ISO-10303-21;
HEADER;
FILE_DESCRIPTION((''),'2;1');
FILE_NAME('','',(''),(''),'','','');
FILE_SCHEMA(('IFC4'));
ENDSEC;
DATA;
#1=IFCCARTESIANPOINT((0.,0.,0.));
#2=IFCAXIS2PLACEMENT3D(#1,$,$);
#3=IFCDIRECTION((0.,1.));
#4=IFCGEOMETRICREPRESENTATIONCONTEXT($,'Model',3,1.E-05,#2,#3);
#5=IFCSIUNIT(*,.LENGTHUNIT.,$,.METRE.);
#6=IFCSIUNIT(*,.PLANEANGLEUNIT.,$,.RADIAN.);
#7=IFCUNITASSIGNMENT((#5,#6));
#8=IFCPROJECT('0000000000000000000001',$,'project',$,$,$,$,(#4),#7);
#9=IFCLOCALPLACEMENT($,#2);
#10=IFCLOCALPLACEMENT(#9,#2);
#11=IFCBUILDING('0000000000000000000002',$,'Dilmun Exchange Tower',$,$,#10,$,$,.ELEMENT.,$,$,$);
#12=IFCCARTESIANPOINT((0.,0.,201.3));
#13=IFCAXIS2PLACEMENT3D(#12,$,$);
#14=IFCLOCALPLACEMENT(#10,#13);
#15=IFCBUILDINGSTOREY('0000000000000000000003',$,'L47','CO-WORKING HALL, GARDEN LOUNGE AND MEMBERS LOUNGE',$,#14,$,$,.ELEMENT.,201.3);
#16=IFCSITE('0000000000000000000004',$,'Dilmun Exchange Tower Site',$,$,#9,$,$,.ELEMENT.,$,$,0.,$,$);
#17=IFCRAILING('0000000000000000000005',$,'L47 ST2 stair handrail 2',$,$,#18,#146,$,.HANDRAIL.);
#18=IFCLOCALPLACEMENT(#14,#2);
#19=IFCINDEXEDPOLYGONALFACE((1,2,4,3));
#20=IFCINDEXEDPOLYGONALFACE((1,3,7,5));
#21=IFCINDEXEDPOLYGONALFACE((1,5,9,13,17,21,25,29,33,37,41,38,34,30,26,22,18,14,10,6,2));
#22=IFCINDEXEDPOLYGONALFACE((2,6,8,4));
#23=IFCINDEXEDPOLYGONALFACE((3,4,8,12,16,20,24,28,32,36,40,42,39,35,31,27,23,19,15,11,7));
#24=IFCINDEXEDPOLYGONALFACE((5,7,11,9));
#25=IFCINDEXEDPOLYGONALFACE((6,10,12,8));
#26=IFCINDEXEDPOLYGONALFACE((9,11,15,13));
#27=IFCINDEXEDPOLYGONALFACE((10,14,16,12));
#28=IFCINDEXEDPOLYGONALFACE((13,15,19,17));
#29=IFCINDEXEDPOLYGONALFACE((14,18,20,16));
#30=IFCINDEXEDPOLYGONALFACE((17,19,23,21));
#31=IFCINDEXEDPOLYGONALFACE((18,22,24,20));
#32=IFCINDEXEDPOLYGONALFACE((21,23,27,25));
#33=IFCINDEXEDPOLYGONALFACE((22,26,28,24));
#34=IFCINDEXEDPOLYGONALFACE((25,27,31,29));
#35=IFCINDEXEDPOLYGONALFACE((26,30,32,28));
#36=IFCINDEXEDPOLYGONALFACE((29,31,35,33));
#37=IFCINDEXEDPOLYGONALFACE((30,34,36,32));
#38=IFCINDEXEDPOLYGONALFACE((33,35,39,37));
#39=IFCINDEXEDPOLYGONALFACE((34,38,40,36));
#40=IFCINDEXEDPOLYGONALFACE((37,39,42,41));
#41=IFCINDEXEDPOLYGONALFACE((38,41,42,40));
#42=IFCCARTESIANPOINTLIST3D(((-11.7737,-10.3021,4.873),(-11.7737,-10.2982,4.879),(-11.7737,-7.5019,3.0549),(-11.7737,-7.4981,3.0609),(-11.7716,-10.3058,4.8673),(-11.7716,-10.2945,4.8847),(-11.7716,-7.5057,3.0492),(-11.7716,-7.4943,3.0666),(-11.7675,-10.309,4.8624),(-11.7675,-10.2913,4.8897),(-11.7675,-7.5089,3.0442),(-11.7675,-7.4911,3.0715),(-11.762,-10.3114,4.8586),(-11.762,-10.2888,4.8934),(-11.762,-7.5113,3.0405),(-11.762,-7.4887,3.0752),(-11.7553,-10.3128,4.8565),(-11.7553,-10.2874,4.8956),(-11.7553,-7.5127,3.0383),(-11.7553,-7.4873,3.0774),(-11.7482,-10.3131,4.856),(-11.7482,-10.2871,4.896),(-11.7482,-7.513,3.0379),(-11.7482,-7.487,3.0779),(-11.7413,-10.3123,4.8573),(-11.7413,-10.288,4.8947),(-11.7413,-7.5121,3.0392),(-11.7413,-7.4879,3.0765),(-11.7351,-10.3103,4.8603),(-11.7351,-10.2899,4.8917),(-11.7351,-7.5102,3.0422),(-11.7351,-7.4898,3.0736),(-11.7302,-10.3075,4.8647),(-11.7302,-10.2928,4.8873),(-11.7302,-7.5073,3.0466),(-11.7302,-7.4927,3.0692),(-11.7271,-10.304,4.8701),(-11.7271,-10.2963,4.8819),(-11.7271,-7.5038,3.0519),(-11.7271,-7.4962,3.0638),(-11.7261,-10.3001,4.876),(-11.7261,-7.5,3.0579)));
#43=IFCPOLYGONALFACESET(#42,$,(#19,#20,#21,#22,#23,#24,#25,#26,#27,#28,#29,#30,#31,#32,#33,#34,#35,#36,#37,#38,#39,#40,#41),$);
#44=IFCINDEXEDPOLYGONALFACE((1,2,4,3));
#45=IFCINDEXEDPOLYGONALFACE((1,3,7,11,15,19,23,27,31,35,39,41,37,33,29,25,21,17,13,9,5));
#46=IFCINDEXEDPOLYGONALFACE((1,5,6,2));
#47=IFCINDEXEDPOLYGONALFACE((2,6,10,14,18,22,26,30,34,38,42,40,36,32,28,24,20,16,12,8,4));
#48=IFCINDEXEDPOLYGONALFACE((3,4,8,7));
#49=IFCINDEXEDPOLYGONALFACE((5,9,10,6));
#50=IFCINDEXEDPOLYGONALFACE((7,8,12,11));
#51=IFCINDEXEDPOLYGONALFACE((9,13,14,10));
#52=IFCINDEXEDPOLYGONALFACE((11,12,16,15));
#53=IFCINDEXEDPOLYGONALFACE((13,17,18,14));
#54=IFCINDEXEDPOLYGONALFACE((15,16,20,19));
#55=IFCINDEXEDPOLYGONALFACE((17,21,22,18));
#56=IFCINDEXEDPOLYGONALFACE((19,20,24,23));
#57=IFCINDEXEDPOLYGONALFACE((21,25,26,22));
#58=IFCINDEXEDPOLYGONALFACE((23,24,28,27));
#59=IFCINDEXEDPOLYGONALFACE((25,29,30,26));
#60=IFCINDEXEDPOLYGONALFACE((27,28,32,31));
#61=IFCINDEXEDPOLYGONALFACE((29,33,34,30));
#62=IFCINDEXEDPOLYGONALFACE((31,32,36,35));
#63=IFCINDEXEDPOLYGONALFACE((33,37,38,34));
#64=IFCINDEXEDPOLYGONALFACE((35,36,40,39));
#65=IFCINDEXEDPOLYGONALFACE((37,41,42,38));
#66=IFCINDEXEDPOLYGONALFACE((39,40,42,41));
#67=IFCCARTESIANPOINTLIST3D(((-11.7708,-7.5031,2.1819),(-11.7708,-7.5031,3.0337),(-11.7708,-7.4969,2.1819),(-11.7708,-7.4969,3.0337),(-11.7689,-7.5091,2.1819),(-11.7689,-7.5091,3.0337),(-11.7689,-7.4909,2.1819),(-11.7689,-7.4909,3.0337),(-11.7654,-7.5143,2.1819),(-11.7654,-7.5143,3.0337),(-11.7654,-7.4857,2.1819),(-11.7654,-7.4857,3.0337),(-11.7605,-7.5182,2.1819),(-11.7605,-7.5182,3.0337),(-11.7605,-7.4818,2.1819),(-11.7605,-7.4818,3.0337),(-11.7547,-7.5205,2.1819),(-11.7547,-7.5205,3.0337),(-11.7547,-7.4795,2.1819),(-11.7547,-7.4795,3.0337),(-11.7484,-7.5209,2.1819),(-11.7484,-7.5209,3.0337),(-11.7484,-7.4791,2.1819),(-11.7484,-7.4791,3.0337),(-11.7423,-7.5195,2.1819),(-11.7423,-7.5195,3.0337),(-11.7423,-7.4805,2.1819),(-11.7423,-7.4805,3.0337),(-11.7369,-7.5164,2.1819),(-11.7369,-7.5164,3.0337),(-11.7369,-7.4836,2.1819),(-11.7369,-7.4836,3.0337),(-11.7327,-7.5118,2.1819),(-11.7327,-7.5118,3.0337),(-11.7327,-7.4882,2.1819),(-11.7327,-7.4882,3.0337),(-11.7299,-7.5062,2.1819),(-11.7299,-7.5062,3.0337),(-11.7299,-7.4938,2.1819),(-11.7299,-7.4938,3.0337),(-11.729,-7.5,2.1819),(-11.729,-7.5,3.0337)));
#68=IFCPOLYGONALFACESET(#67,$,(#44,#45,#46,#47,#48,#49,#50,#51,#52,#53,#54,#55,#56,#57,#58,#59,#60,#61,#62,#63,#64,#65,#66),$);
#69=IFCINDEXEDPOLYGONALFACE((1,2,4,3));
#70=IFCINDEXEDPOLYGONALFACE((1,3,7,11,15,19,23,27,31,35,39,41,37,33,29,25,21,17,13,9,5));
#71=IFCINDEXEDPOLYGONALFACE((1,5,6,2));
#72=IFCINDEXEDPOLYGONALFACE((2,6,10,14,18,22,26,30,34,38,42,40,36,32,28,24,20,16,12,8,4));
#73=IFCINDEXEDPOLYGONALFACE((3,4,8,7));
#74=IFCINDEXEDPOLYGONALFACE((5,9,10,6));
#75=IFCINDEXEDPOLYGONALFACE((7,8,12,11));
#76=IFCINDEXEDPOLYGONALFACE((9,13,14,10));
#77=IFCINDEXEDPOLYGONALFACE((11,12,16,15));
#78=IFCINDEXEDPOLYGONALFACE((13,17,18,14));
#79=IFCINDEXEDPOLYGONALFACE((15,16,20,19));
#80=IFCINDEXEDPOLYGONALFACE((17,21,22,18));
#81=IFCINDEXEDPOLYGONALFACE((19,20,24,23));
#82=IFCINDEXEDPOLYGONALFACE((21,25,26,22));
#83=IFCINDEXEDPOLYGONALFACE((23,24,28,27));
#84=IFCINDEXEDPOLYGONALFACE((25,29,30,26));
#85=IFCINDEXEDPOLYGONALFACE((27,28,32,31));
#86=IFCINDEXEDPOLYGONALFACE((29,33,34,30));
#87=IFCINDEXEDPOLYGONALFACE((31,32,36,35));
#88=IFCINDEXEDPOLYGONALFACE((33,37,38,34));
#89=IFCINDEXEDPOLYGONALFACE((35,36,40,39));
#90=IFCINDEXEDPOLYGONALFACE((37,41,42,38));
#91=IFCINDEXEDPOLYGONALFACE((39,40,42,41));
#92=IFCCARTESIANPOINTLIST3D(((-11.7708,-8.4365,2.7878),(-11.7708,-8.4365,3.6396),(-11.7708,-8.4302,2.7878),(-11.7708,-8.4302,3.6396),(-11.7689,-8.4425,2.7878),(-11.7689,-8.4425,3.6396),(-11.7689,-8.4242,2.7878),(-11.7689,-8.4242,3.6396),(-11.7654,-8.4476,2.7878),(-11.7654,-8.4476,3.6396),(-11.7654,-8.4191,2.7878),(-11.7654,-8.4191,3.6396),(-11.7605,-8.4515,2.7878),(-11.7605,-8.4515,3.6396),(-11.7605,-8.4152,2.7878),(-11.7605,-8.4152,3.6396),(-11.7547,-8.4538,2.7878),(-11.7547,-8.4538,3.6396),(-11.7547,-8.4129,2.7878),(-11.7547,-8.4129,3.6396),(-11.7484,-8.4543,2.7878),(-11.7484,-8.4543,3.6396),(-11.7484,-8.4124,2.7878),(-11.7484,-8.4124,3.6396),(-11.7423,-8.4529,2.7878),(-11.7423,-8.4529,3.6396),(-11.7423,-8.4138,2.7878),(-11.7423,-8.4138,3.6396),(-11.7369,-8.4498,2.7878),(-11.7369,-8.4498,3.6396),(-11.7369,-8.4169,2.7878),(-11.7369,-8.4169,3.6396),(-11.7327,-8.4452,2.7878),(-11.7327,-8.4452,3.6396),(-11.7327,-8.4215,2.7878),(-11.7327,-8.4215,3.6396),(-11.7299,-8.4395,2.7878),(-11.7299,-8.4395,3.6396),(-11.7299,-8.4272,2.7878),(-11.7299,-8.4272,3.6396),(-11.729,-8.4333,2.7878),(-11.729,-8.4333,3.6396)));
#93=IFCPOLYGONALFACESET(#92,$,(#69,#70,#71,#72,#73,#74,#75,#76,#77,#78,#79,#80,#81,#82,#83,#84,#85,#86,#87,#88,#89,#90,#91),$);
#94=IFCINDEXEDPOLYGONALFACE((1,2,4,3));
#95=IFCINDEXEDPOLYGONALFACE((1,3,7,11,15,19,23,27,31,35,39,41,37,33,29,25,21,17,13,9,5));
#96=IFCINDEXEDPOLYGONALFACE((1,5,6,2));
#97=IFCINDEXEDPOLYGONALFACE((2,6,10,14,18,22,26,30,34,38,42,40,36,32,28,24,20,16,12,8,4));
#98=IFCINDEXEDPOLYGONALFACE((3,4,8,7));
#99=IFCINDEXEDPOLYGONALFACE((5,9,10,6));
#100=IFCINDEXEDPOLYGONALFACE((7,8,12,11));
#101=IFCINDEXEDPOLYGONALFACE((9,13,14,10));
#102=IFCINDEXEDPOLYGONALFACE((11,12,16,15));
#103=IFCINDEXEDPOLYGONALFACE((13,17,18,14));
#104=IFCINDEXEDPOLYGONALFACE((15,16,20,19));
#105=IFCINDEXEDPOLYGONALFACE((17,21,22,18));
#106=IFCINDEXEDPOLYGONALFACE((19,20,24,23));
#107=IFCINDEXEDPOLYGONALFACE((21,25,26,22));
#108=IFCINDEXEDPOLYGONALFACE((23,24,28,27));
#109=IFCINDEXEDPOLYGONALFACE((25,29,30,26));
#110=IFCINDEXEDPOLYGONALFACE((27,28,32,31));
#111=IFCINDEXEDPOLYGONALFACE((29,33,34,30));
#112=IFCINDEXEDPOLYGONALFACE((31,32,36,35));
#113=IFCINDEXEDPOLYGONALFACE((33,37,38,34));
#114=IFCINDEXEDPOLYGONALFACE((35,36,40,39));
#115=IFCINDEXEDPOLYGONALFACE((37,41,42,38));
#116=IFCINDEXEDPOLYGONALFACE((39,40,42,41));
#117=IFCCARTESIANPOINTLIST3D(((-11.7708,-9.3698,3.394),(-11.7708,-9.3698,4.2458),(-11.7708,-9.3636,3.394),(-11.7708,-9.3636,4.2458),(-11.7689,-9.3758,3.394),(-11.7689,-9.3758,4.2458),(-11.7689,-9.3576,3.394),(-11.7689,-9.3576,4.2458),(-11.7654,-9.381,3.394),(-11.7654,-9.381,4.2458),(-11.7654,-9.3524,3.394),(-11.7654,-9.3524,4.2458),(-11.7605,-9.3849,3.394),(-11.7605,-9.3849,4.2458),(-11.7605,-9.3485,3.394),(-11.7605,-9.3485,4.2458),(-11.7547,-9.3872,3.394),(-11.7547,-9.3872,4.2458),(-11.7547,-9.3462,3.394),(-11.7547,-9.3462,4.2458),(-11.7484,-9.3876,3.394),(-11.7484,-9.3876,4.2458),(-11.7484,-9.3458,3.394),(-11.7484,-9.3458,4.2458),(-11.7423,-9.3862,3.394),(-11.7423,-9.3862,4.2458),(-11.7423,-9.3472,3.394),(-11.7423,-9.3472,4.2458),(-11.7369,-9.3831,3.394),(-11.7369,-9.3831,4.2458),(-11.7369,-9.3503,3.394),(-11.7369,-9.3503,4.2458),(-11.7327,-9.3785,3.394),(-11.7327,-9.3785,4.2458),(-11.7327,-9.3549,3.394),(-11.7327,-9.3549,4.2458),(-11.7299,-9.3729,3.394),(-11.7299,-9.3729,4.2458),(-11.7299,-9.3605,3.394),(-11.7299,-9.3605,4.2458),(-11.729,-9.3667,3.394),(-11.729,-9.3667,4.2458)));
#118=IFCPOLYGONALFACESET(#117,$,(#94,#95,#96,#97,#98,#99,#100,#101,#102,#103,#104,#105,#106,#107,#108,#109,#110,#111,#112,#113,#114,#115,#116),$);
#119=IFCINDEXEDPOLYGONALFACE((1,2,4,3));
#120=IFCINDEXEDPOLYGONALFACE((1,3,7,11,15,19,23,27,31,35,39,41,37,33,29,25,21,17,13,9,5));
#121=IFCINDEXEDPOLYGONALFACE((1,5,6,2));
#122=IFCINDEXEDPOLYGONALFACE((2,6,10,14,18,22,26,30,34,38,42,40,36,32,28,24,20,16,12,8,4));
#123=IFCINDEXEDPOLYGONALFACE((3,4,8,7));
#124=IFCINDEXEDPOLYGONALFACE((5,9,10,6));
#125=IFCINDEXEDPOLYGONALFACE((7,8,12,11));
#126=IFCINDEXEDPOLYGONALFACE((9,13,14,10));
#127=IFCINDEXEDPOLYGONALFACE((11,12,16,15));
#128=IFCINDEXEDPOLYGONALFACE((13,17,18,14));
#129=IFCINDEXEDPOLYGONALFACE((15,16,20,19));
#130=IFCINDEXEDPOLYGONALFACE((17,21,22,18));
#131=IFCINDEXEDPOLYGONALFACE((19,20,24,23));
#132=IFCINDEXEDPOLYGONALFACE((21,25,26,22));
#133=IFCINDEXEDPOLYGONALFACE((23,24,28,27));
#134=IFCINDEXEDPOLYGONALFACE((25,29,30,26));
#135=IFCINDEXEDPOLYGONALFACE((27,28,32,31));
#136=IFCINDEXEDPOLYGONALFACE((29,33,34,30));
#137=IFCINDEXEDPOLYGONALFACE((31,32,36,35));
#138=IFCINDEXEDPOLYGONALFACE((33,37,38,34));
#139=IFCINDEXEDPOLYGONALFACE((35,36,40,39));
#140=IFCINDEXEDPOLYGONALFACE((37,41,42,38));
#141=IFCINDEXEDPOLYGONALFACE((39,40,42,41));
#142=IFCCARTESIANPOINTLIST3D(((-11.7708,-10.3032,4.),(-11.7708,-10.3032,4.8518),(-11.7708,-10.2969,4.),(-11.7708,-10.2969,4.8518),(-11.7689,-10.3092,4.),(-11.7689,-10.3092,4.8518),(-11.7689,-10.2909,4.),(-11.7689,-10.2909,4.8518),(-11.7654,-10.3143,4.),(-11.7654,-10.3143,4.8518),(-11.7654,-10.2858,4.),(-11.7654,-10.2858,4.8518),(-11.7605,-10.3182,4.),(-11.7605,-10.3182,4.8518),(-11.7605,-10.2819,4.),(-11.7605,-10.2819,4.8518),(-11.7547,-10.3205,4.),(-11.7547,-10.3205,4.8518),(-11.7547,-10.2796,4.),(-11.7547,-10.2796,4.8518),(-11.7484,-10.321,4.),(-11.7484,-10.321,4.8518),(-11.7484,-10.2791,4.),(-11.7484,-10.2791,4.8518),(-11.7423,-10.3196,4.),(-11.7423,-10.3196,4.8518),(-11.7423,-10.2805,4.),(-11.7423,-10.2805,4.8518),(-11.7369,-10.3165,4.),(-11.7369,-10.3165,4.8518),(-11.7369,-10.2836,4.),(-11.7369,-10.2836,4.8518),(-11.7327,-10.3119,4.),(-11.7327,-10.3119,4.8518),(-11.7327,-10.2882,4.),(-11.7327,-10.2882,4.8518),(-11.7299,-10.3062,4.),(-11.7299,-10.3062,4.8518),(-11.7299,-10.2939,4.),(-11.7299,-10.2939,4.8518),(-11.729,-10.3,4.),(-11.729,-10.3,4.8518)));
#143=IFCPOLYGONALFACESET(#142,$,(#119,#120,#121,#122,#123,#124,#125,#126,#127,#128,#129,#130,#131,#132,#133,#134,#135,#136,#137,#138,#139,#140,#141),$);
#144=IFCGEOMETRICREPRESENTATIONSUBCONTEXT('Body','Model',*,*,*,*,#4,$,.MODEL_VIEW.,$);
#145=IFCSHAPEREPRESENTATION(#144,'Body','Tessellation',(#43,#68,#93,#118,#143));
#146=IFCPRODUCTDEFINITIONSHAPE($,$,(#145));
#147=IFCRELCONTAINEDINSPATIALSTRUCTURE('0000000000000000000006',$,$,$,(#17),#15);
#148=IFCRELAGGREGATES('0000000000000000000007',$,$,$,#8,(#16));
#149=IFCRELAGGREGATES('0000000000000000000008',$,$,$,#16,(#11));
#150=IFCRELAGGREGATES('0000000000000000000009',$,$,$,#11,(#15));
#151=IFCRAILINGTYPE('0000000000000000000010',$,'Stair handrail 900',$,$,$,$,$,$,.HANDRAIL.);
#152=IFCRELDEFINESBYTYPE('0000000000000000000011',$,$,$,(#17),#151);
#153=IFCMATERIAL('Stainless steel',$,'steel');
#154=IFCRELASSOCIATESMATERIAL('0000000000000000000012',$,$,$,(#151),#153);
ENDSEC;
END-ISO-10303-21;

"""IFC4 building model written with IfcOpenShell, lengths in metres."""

from ifc_helpers import new_model, si_unit, direction, frame, origin, origin_2d, place, context, subcontext, project, spatial, circle, extrude, material, type_object, element, save


model = new_model("IFC4")

# Units and contexts
model_context = context("Model", 3, precision=1e-05, world=origin(), true_north=direction((0.0, 1.0)))
body_context = subcontext(model_context, "Body", "Model", "MODEL_VIEW")
ifc_project = project(units=[si_unit("LENGTHUNIT", "METRE"), si_unit("PLANEANGLEUNIT", "RADIAN")], contexts=[model_context])

# Site, building, storey
site_placement = place(None, origin())
site = spatial("IfcSite", under=ifc_project, at=site_placement, Name="Dilmun Exchange Tower Site", CompositionType="ELEMENT", RefElevation=0.0)
building_placement = place(site_placement, origin())
building = spatial("IfcBuilding", under=site, at=building_placement, Name="Dilmun Exchange Tower", CompositionType="ELEMENT")
storey_placement = place(building_placement, frame((0.0, 0.0, 201.3)))
storey = spatial("IfcBuildingStorey", under=building, at=storey_placement, Name="L47", Description="CO-WORKING HALL, GARDEN LOUNGE AND MEMBERS LOUNGE", CompositionType="ELEMENT", Elevation=201.3)

# Railing
ifc_material_1 = material(Name="Stainless steel", Category="steel")
railing_type = type_object("IfcRailingType", Name="Stair handrail 900", PredefinedType="HANDRAIL", material=ifc_material_1)
railing_placement = place(storey_placement, frame((-11.75, -7.5, 2.1819)))
element("IfcRailing", 1, at=railing_placement, inside=storey, type_object=railing_type, Name="L47 ST2 stair handrail 2", PredefinedType="HANDRAIL", context=body_context, shape_type="SweptSolid", body=[
    extrude(circle(Radius=0.0239, at=origin_2d()), frame((0.0, 0.0, 0.876), z_axis=(0.0, -0.838706, 0.544585), x_axis=(1.0, 0.0, 0.0)), (0.0, 0.0, 1.0), 3.3386),
    extrude(circle(Radius=0.021, at=origin_2d()), origin(), (0.0, 0.0, 1.0), 0.8518),
    extrude(circle(Radius=0.021, at=origin_2d()), frame((0.0, -0.9333, 0.606)), (0.0, 0.0, 1.0), 0.8518),
    extrude(circle(Radius=0.021, at=origin_2d()), frame((0.0, -1.8667, 1.2122)), (0.0, 0.0, 1.0), 0.8518),
    extrude(circle(Radius=0.021, at=origin_2d()), frame((0.0, -2.8, 1.8181)), (0.0, 0.0, 1.0), 0.8518),
])

save(model, "model.ifc")
